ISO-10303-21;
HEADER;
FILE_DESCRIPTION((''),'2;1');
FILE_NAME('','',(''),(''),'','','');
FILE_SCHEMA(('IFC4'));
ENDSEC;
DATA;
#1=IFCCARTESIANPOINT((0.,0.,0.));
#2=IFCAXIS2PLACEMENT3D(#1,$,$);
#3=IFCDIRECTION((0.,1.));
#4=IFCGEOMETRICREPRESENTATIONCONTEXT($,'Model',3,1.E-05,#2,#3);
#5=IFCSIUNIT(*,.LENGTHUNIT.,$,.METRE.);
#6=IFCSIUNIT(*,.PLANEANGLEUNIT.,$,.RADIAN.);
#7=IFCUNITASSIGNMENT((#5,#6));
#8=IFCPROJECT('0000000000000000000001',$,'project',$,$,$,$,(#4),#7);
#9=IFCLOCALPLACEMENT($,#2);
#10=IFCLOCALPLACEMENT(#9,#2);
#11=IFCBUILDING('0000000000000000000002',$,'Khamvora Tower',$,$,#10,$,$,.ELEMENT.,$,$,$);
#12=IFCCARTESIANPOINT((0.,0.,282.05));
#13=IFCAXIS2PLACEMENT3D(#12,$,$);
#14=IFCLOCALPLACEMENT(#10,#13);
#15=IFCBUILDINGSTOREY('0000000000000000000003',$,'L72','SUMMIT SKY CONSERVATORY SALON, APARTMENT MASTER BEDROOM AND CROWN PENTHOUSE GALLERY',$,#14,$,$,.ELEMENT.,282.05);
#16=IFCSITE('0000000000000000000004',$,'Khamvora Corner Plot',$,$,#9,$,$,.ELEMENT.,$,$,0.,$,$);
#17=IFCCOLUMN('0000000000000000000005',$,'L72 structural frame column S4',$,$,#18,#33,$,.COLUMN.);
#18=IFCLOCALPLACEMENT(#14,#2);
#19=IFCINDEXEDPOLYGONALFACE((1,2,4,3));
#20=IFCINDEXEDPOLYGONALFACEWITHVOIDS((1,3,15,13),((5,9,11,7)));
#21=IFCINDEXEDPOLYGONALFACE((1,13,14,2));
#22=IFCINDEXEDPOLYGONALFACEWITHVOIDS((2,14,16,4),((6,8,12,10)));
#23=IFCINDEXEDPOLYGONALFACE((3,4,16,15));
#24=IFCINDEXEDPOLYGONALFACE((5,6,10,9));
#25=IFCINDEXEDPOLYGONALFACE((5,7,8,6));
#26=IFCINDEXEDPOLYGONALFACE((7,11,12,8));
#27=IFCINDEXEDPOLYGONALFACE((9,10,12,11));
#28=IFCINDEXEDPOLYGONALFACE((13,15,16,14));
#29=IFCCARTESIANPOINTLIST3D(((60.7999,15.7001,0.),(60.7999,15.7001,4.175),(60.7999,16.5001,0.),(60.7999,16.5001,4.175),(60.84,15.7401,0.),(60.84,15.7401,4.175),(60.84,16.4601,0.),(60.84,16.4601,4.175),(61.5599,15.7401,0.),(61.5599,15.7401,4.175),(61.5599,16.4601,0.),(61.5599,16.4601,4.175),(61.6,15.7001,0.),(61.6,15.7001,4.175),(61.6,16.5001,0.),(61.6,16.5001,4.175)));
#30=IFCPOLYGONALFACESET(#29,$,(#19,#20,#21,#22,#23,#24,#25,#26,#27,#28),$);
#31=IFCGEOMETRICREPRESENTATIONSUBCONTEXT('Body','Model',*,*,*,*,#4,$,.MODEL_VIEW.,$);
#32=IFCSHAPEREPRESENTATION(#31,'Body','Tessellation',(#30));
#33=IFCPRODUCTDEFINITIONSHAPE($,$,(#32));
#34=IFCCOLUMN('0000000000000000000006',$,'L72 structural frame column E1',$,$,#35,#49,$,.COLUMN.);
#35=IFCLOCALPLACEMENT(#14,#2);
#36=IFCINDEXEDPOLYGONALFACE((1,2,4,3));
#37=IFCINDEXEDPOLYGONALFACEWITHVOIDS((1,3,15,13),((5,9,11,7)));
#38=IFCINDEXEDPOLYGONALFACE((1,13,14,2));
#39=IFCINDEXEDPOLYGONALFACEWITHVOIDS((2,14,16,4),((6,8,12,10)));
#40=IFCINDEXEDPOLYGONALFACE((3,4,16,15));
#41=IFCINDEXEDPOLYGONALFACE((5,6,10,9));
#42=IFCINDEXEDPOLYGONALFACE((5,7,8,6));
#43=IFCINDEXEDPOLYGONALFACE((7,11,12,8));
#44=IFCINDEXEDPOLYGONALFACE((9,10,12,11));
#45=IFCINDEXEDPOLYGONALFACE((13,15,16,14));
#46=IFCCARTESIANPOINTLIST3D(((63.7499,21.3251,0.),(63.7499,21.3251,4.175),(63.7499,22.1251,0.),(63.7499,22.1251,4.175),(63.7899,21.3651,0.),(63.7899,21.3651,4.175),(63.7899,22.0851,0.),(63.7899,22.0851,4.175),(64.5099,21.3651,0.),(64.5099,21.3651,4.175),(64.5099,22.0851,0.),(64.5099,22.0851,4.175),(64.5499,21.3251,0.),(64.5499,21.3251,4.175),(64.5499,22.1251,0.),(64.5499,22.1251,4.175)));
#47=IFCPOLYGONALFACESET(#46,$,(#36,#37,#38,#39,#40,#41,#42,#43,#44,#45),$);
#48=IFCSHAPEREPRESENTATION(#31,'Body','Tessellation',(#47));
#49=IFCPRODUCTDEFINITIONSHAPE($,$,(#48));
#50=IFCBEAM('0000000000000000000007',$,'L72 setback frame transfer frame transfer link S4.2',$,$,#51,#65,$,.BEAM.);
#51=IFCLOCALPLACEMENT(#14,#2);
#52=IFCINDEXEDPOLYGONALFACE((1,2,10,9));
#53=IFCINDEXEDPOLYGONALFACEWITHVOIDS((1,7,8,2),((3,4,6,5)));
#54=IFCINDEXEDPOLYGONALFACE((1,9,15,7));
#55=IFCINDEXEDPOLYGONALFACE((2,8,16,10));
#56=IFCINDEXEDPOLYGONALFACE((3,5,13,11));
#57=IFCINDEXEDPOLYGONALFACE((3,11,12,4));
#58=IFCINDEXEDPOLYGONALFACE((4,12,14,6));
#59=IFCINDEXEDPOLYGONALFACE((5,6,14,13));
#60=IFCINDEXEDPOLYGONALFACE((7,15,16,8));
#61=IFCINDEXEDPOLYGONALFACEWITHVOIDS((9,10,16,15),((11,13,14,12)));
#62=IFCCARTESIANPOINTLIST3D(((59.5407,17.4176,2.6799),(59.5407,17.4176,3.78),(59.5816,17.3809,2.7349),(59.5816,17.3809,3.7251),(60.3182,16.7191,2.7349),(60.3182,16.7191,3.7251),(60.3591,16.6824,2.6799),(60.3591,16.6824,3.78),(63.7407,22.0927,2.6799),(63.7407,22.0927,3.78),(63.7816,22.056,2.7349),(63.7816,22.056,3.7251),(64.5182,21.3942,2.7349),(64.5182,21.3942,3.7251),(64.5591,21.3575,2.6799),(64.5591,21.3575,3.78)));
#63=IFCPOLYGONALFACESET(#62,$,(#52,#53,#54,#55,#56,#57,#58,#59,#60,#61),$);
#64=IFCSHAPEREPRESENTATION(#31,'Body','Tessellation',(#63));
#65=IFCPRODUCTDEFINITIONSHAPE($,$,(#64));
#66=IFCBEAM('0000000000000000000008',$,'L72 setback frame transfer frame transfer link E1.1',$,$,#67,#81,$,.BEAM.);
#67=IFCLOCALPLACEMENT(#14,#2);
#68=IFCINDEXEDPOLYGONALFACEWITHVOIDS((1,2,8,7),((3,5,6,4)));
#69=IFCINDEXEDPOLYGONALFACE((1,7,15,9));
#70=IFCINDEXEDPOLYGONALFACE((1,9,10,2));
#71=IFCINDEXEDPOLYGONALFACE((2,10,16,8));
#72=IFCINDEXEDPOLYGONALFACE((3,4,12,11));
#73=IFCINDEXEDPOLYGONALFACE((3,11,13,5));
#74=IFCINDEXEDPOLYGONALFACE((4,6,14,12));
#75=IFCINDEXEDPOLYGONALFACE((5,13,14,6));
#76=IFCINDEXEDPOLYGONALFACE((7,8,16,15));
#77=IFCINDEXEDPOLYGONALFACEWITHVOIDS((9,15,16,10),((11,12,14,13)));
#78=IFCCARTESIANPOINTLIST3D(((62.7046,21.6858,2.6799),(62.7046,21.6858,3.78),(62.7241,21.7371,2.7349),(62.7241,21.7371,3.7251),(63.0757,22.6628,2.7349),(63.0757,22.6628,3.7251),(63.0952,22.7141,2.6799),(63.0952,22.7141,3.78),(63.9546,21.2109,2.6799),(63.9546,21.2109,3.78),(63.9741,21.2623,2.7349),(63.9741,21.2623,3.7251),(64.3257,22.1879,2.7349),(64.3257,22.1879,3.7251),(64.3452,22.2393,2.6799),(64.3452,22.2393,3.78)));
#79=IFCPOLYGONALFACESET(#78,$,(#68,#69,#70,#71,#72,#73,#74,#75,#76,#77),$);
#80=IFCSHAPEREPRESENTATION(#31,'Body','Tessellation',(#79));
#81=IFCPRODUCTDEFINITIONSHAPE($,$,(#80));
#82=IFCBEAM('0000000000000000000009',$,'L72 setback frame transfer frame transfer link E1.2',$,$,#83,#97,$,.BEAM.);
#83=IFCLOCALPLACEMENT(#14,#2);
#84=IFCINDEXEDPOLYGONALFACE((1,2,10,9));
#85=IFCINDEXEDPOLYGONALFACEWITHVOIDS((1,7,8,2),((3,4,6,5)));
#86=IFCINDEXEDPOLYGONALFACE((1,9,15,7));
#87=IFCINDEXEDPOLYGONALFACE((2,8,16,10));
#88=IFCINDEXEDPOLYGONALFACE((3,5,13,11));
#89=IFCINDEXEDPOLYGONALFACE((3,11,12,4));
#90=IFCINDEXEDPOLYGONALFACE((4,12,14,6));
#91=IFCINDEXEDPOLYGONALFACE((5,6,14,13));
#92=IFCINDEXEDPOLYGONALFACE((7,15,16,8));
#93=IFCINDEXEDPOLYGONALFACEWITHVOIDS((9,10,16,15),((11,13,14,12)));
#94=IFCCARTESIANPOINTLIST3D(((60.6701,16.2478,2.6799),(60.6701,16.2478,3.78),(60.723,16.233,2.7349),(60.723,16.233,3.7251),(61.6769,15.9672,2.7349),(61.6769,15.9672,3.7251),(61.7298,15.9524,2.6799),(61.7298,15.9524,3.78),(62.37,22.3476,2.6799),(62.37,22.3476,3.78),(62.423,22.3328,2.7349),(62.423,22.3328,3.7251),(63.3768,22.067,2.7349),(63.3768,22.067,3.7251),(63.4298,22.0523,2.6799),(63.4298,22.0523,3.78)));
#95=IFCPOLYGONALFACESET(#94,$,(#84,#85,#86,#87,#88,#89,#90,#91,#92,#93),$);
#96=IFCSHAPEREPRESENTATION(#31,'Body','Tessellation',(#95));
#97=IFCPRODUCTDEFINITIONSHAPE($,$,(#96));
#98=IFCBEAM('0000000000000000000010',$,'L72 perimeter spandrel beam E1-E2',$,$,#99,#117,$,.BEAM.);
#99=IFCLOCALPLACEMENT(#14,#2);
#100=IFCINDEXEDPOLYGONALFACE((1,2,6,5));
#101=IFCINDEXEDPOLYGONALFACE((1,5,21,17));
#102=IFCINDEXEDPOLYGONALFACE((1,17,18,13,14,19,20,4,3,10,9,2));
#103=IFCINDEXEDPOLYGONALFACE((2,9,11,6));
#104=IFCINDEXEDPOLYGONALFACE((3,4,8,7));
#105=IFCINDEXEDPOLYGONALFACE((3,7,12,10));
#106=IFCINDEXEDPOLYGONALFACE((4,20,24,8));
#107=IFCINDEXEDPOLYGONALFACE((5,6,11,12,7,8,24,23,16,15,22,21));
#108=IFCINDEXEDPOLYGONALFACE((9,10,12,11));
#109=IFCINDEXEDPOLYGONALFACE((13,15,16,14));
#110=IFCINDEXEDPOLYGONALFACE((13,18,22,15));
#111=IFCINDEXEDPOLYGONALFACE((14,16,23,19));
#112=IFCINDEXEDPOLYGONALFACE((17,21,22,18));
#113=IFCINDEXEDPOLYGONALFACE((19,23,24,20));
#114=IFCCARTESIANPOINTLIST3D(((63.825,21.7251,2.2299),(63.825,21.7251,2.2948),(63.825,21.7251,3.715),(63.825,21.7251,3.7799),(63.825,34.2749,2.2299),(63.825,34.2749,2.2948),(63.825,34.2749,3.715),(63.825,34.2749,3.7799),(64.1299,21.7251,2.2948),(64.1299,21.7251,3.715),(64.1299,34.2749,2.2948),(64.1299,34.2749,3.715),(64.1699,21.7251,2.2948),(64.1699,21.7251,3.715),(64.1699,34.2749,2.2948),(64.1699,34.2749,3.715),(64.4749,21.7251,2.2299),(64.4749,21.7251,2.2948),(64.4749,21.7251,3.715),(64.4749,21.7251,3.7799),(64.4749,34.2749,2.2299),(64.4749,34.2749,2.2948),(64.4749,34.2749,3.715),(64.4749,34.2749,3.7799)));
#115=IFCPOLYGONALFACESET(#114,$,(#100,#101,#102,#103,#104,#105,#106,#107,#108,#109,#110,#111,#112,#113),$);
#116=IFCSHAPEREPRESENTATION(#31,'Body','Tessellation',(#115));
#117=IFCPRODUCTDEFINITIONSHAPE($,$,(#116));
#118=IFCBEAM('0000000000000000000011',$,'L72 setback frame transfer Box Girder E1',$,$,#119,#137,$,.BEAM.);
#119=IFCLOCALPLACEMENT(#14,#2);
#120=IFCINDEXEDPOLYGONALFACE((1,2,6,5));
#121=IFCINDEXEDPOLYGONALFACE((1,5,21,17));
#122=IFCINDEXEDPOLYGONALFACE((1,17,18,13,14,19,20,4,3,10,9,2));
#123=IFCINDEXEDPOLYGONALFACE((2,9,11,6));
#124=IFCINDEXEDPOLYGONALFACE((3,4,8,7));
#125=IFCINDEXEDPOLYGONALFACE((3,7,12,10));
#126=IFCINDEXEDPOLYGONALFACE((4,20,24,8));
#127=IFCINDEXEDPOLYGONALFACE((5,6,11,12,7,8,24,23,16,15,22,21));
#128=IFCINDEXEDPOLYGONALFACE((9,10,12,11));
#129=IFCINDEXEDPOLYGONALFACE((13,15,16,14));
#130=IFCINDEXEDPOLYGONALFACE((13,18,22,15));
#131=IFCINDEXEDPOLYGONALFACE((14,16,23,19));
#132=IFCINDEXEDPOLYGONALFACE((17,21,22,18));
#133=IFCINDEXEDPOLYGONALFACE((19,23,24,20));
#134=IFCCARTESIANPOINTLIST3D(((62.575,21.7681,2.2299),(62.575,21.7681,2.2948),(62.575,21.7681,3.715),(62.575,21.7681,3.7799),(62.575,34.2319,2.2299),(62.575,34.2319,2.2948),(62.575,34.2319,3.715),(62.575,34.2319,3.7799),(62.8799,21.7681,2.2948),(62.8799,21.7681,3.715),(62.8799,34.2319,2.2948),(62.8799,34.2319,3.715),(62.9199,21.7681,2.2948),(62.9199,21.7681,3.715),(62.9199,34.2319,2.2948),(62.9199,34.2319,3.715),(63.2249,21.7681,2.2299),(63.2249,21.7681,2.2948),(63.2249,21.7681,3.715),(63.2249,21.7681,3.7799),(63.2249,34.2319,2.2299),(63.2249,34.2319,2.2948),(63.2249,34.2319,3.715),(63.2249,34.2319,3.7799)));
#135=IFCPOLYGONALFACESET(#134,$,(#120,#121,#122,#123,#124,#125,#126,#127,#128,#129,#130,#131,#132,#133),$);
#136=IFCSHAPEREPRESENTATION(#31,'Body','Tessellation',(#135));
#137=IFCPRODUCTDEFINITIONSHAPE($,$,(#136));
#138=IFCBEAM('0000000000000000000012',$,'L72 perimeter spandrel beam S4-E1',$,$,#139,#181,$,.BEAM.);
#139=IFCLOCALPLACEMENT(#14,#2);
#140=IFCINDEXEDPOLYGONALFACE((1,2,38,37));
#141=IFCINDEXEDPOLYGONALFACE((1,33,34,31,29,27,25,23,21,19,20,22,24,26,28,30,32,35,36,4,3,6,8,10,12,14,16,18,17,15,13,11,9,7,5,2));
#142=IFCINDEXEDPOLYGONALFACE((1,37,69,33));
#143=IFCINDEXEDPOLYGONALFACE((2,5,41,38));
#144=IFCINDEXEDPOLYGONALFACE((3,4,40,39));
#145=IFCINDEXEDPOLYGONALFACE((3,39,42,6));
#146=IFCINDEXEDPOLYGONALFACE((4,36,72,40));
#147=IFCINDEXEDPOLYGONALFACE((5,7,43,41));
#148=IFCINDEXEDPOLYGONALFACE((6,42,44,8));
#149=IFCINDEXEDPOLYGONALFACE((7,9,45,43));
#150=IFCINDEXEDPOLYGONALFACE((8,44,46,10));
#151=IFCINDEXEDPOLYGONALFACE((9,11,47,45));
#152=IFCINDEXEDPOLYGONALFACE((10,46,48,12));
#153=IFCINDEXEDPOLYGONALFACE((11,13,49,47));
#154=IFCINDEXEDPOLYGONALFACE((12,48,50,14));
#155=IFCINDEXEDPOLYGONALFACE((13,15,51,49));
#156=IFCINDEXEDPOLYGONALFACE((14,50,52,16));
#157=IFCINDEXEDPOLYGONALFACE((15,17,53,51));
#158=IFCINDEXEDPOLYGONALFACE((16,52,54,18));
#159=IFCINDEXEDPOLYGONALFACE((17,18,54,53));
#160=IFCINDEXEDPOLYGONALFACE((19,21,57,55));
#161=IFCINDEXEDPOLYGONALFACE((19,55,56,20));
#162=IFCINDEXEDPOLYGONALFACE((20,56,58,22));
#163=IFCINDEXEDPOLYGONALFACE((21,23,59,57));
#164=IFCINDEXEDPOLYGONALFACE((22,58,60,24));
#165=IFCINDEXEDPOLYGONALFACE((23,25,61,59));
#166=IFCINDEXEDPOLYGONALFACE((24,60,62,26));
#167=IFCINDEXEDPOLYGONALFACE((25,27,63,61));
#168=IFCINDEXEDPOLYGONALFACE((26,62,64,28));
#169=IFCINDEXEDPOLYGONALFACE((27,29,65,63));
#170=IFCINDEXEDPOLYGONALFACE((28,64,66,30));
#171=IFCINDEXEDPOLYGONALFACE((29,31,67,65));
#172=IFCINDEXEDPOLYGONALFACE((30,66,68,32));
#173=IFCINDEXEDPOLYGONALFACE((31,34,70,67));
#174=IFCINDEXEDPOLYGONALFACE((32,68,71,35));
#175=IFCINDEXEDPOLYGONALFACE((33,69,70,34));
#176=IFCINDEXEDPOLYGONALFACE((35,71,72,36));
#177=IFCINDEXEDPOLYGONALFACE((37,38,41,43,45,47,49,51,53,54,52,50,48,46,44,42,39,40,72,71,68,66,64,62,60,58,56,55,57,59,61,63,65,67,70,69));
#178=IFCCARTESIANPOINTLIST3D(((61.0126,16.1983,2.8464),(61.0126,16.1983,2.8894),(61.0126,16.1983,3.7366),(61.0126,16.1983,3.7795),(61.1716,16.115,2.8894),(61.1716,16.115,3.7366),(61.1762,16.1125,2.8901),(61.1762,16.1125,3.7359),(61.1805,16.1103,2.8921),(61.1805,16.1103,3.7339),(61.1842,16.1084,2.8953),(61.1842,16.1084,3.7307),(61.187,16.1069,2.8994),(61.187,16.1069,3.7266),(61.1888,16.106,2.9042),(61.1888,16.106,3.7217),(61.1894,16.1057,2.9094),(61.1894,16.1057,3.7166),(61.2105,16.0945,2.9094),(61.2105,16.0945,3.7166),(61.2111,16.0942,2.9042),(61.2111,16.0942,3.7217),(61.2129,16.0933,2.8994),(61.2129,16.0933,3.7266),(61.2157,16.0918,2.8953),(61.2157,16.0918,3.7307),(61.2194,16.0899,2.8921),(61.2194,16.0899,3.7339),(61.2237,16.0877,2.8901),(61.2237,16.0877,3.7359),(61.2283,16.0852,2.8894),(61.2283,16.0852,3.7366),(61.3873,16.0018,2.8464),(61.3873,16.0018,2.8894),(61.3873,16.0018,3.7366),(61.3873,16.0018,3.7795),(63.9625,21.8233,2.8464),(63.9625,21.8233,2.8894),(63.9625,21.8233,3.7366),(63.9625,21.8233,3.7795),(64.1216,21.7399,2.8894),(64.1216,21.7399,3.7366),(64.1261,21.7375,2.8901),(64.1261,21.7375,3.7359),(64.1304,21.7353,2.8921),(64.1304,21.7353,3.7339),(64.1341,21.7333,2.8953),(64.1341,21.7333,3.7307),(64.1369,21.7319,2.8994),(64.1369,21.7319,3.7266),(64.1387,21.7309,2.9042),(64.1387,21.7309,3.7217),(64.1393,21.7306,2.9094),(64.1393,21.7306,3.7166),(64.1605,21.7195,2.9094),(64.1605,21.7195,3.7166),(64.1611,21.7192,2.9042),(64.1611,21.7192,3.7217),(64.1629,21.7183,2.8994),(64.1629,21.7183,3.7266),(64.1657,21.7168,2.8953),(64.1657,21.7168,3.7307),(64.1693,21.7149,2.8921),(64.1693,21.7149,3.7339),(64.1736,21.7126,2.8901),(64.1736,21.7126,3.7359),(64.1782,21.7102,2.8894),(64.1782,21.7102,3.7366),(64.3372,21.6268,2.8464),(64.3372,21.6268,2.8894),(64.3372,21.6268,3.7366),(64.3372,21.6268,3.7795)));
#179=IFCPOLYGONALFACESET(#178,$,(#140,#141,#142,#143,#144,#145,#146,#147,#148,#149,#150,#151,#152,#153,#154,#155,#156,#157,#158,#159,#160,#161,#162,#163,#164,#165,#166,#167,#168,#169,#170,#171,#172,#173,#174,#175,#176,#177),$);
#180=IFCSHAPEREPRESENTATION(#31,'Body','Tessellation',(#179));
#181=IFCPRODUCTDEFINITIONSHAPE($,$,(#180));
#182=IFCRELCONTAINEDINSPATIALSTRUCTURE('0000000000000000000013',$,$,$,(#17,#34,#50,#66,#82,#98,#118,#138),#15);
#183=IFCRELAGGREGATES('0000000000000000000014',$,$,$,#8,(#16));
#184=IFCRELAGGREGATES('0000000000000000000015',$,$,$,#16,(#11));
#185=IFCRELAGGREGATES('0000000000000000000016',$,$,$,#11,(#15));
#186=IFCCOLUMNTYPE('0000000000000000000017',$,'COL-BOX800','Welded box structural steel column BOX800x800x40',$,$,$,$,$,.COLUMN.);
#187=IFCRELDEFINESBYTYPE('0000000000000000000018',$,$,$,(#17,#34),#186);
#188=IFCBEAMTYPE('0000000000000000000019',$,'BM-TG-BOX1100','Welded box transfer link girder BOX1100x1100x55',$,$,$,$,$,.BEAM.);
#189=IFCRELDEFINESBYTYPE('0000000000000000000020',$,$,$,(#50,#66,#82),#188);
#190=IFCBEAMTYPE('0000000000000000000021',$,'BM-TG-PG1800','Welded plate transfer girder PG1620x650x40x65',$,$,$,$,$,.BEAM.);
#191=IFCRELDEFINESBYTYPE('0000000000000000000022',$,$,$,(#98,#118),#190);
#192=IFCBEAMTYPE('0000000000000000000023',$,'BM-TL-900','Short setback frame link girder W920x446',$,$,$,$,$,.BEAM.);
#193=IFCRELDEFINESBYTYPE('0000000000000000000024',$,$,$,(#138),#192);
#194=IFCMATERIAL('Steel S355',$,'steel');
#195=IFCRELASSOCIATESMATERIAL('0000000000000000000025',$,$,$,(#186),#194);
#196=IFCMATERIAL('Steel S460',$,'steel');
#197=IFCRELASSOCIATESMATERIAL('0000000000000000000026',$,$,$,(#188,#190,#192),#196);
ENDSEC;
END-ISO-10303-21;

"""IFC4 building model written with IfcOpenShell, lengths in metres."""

from ifc_helpers import new_model, si_unit, direction, frame, origin, origin_2d, place, context, subcontext, project, spatial, hollow_rectangle, i_section, extrude, material, material_profile, profile_set, type_object, element, save


model = new_model("IFC4")

# Units and contexts
model_context = context("Model", 3, precision=1e-05, world=origin(), true_north=direction((0.0, 1.0)))
body_context = subcontext(model_context, "Body", "Model", "MODEL_VIEW")
ifc_project = project(units=[si_unit("LENGTHUNIT", "METRE"), si_unit("PLANEANGLEUNIT", "RADIAN")], contexts=[model_context])

# Site, building, storey
site_placement = place(None, origin())
site = spatial("IfcSite", under=ifc_project, at=site_placement, Name="Khamvora Corner Plot", CompositionType="ELEMENT", RefElevation=0.0)
building_placement = place(site_placement, origin())
building = spatial("IfcBuilding", under=site, at=building_placement, Name="Khamvora Tower", CompositionType="ELEMENT")
storey_placement = place(building_placement, frame((0.0, 0.0, 282.05)))
storey = spatial("IfcBuildingStorey", under=building, at=storey_placement, Name="L72", Description="SUMMIT SKY CONSERVATORY SALON, APARTMENT MASTER BEDROOM AND CROWN PENTHOUSE GALLERY", CompositionType="ELEMENT", Elevation=282.05)

# Columns
ifc_material_1 = material(Name="Steel S355", Category="steel")
ifc_material_profile_1 = material_profile(ifc_material_1, hollow_rectangle(XDim=0.8, YDim=0.8, WallThickness=0.04, at=origin_2d()), Name="BOX800x800x40")
ifc_profile_set_1 = profile_set([ifc_material_profile_1], Name="Steel S355")
column_type = type_object("IfcColumnType", Name="COL-BOX800", Description="Welded box structural steel column BOX800x800x40", PredefinedType="COLUMN", material=ifc_profile_set_1)
for number, where, z_axis, x_axis, name in (
    (1, (61.2, 16.1001, 0.0), (0.0, 0.0, 1.0), (1.0, 0.0, 0.0), "L72 structural frame column S4"),
    (2, (64.1499, 21.7251, 0.0), (0.0, 0.0, 1.0), (1.0, 0.0, 0.0), "L72 structural frame column E1"),
):
    element("IfcColumn", number, at=place(storey_placement, frame(where, z_axis=z_axis, x_axis=x_axis)), inside=storey, type_object=column_type, Name=name, PredefinedType="COLUMN", context=body_context, shape_type="SweptSolid", body=[
        extrude(hollow_rectangle(XDim=0.8, YDim=0.8, WallThickness=0.04, at=origin_2d()), origin(), (0.0, 0.0, 1.0), 4.175),
    ])

# Beams
ifc_material_2 = material(Name="Steel S460", Category="steel")
ifc_material_profile_2 = material_profile(ifc_material_2, hollow_rectangle(XDim=1.1001, YDim=1.1001, WallThickness=0.0549, at=origin_2d()), Name="BOX1100x1100x55")
ifc_profile_set_2 = profile_set([ifc_material_profile_2], Name="Steel S460")
beam_type_1 = type_object("IfcBeamType", Name="BM-TG-BOX1100", Description="Welded box transfer link girder BOX1100x1100x55", PredefinedType="BEAM", material=ifc_profile_set_2)
beam_1_placement = place(storey_placement, frame((64.1499, 21.7251, 3.23), z_axis=(-0.668297, -0.743895, 0.0), x_axis=(0.743895, -0.668297, 0.0)))
element("IfcBeam", 3, at=beam_1_placement, inside=storey, type_object=beam_type_1, Name="L72 setback frame transfer frame transfer link S4.2", PredefinedType="BEAM", context=body_context, shape_type="SweptSolid", body=[
    extrude(hollow_rectangle(XDim=1.1001, YDim=1.1001, WallThickness=0.0549, at=origin_2d()), origin(), (0.0, 0.0, 1.0), 6.2847),
])
beam_2_placement = place(storey_placement, frame((64.1499, 21.7251, 3.23), z_axis=(-0.93482, 0.355122, 0.0), x_axis=(-0.355122, -0.93482, 0.0)))
element("IfcBeam", 4, at=beam_2_placement, inside=storey, type_object=beam_type_1, Name="L72 setback frame transfer frame transfer link E1.1", PredefinedType="BEAM", context=body_context, shape_type="SweptSolid", body=[
    extrude(hollow_rectangle(XDim=1.1001, YDim=1.1001, WallThickness=0.0549, at=origin_2d()), origin(), (0.0, 0.0, 1.0), 1.3372),
])
beam_3_placement = place(storey_placement, frame((61.2, 16.1001, 3.23), z_axis=(0.268457, 0.963292, 0.0), x_axis=(-0.963292, 0.268457, 0.0)))
element("IfcBeam", 5, at=beam_3_placement, inside=storey, type_object=beam_type_1, Name="L72 setback frame transfer frame transfer link E1.2", PredefinedType="BEAM", context=body_context, shape_type="SweptSolid", body=[
    extrude(hollow_rectangle(XDim=1.1001, YDim=1.1001, WallThickness=0.0549, at=origin_2d()), origin(), (0.0, 0.0, 1.0), 6.3323),
])
ifc_material_profile_3 = material_profile(ifc_material_2, i_section(OverallWidth=0.6499, OverallDepth=1.55, WebThickness=0.04, FlangeThickness=0.0649, at=origin_2d()), Name="PG1550x650x40x65")
ifc_profile_set_3 = profile_set([ifc_material_profile_3], Name="Steel S460")
beam_type_2 = type_object("IfcBeamType", Name="BM-TG-PG1800", Description="Welded plate transfer girder PG1620x650x40x65", PredefinedType="BEAM", material=ifc_profile_set_3)
beam_4_placement = place(storey_placement, frame((64.1499, 21.7251, 3.0049), z_axis=(0.0, 1.0, 0.0), x_axis=(-1.0, 0.0, 0.0)))
element("IfcBeam", 6, at=beam_4_placement, inside=storey, type_object=beam_type_2, Name="L72 perimeter spandrel beam E1-E2", PredefinedType="BEAM", context=body_context, shape_type="SweptSolid", body=[
    extrude(i_section(OverallWidth=0.6499, OverallDepth=1.55, WebThickness=0.04, FlangeThickness=0.0649, at=origin_2d()), origin(), (0.0, 0.0, 1.0), 12.5498),
])
beam_5_placement = place(storey_placement, frame((62.8999, 21.7681, 3.0049), z_axis=(0.0, 1.0, 0.0), x_axis=(-1.0, 0.0, 0.0)))
element("IfcBeam", 7, at=beam_5_placement, inside=storey, type_object=beam_type_2, Name="L72 setback frame transfer Box Girder E1", PredefinedType="BEAM", context=body_context, shape_type="SweptSolid", body=[
    extrude(i_section(OverallWidth=0.6499, OverallDepth=1.55, WebThickness=0.04, FlangeThickness=0.0649, at=origin_2d()), origin(), (0.0, 0.0, 1.0), 12.4639),
])
ifc_material_profile_4 = material_profile(ifc_material_2, i_section(OverallWidth=0.4231, OverallDepth=0.9331, WebThickness=0.0239, FlangeThickness=0.043, FilletRadius=0.02, at=origin_2d()), Name="W920x446")
ifc_profile_set_4 = profile_set([ifc_material_profile_4], Name="Steel S460")
beam_type_3 = type_object("IfcBeamType", Name="BM-TL-900", Description="Short setback frame link girder W920x446", PredefinedType="BEAM", material=ifc_profile_set_4)
beam_6_placement = place(storey_placement, frame((61.2, 16.1001, 3.313), z_axis=(0.464442, 0.885603, 0.0), x_axis=(-0.885603, 0.464442, 0.0)))
element("IfcBeam", 8, at=beam_6_placement, inside=storey, type_object=beam_type_3, Name="L72 perimeter spandrel beam S4-E1", PredefinedType="BEAM", context=body_context, shape_type="SweptSolid", body=[
    extrude(i_section(OverallWidth=0.4231, OverallDepth=0.9331, WebThickness=0.0239, FlangeThickness=0.043, FilletRadius=0.02, at=origin_2d()), origin(), (0.0, 0.0, 1.0), 6.3516),
])

save(model, "model.ifc")
